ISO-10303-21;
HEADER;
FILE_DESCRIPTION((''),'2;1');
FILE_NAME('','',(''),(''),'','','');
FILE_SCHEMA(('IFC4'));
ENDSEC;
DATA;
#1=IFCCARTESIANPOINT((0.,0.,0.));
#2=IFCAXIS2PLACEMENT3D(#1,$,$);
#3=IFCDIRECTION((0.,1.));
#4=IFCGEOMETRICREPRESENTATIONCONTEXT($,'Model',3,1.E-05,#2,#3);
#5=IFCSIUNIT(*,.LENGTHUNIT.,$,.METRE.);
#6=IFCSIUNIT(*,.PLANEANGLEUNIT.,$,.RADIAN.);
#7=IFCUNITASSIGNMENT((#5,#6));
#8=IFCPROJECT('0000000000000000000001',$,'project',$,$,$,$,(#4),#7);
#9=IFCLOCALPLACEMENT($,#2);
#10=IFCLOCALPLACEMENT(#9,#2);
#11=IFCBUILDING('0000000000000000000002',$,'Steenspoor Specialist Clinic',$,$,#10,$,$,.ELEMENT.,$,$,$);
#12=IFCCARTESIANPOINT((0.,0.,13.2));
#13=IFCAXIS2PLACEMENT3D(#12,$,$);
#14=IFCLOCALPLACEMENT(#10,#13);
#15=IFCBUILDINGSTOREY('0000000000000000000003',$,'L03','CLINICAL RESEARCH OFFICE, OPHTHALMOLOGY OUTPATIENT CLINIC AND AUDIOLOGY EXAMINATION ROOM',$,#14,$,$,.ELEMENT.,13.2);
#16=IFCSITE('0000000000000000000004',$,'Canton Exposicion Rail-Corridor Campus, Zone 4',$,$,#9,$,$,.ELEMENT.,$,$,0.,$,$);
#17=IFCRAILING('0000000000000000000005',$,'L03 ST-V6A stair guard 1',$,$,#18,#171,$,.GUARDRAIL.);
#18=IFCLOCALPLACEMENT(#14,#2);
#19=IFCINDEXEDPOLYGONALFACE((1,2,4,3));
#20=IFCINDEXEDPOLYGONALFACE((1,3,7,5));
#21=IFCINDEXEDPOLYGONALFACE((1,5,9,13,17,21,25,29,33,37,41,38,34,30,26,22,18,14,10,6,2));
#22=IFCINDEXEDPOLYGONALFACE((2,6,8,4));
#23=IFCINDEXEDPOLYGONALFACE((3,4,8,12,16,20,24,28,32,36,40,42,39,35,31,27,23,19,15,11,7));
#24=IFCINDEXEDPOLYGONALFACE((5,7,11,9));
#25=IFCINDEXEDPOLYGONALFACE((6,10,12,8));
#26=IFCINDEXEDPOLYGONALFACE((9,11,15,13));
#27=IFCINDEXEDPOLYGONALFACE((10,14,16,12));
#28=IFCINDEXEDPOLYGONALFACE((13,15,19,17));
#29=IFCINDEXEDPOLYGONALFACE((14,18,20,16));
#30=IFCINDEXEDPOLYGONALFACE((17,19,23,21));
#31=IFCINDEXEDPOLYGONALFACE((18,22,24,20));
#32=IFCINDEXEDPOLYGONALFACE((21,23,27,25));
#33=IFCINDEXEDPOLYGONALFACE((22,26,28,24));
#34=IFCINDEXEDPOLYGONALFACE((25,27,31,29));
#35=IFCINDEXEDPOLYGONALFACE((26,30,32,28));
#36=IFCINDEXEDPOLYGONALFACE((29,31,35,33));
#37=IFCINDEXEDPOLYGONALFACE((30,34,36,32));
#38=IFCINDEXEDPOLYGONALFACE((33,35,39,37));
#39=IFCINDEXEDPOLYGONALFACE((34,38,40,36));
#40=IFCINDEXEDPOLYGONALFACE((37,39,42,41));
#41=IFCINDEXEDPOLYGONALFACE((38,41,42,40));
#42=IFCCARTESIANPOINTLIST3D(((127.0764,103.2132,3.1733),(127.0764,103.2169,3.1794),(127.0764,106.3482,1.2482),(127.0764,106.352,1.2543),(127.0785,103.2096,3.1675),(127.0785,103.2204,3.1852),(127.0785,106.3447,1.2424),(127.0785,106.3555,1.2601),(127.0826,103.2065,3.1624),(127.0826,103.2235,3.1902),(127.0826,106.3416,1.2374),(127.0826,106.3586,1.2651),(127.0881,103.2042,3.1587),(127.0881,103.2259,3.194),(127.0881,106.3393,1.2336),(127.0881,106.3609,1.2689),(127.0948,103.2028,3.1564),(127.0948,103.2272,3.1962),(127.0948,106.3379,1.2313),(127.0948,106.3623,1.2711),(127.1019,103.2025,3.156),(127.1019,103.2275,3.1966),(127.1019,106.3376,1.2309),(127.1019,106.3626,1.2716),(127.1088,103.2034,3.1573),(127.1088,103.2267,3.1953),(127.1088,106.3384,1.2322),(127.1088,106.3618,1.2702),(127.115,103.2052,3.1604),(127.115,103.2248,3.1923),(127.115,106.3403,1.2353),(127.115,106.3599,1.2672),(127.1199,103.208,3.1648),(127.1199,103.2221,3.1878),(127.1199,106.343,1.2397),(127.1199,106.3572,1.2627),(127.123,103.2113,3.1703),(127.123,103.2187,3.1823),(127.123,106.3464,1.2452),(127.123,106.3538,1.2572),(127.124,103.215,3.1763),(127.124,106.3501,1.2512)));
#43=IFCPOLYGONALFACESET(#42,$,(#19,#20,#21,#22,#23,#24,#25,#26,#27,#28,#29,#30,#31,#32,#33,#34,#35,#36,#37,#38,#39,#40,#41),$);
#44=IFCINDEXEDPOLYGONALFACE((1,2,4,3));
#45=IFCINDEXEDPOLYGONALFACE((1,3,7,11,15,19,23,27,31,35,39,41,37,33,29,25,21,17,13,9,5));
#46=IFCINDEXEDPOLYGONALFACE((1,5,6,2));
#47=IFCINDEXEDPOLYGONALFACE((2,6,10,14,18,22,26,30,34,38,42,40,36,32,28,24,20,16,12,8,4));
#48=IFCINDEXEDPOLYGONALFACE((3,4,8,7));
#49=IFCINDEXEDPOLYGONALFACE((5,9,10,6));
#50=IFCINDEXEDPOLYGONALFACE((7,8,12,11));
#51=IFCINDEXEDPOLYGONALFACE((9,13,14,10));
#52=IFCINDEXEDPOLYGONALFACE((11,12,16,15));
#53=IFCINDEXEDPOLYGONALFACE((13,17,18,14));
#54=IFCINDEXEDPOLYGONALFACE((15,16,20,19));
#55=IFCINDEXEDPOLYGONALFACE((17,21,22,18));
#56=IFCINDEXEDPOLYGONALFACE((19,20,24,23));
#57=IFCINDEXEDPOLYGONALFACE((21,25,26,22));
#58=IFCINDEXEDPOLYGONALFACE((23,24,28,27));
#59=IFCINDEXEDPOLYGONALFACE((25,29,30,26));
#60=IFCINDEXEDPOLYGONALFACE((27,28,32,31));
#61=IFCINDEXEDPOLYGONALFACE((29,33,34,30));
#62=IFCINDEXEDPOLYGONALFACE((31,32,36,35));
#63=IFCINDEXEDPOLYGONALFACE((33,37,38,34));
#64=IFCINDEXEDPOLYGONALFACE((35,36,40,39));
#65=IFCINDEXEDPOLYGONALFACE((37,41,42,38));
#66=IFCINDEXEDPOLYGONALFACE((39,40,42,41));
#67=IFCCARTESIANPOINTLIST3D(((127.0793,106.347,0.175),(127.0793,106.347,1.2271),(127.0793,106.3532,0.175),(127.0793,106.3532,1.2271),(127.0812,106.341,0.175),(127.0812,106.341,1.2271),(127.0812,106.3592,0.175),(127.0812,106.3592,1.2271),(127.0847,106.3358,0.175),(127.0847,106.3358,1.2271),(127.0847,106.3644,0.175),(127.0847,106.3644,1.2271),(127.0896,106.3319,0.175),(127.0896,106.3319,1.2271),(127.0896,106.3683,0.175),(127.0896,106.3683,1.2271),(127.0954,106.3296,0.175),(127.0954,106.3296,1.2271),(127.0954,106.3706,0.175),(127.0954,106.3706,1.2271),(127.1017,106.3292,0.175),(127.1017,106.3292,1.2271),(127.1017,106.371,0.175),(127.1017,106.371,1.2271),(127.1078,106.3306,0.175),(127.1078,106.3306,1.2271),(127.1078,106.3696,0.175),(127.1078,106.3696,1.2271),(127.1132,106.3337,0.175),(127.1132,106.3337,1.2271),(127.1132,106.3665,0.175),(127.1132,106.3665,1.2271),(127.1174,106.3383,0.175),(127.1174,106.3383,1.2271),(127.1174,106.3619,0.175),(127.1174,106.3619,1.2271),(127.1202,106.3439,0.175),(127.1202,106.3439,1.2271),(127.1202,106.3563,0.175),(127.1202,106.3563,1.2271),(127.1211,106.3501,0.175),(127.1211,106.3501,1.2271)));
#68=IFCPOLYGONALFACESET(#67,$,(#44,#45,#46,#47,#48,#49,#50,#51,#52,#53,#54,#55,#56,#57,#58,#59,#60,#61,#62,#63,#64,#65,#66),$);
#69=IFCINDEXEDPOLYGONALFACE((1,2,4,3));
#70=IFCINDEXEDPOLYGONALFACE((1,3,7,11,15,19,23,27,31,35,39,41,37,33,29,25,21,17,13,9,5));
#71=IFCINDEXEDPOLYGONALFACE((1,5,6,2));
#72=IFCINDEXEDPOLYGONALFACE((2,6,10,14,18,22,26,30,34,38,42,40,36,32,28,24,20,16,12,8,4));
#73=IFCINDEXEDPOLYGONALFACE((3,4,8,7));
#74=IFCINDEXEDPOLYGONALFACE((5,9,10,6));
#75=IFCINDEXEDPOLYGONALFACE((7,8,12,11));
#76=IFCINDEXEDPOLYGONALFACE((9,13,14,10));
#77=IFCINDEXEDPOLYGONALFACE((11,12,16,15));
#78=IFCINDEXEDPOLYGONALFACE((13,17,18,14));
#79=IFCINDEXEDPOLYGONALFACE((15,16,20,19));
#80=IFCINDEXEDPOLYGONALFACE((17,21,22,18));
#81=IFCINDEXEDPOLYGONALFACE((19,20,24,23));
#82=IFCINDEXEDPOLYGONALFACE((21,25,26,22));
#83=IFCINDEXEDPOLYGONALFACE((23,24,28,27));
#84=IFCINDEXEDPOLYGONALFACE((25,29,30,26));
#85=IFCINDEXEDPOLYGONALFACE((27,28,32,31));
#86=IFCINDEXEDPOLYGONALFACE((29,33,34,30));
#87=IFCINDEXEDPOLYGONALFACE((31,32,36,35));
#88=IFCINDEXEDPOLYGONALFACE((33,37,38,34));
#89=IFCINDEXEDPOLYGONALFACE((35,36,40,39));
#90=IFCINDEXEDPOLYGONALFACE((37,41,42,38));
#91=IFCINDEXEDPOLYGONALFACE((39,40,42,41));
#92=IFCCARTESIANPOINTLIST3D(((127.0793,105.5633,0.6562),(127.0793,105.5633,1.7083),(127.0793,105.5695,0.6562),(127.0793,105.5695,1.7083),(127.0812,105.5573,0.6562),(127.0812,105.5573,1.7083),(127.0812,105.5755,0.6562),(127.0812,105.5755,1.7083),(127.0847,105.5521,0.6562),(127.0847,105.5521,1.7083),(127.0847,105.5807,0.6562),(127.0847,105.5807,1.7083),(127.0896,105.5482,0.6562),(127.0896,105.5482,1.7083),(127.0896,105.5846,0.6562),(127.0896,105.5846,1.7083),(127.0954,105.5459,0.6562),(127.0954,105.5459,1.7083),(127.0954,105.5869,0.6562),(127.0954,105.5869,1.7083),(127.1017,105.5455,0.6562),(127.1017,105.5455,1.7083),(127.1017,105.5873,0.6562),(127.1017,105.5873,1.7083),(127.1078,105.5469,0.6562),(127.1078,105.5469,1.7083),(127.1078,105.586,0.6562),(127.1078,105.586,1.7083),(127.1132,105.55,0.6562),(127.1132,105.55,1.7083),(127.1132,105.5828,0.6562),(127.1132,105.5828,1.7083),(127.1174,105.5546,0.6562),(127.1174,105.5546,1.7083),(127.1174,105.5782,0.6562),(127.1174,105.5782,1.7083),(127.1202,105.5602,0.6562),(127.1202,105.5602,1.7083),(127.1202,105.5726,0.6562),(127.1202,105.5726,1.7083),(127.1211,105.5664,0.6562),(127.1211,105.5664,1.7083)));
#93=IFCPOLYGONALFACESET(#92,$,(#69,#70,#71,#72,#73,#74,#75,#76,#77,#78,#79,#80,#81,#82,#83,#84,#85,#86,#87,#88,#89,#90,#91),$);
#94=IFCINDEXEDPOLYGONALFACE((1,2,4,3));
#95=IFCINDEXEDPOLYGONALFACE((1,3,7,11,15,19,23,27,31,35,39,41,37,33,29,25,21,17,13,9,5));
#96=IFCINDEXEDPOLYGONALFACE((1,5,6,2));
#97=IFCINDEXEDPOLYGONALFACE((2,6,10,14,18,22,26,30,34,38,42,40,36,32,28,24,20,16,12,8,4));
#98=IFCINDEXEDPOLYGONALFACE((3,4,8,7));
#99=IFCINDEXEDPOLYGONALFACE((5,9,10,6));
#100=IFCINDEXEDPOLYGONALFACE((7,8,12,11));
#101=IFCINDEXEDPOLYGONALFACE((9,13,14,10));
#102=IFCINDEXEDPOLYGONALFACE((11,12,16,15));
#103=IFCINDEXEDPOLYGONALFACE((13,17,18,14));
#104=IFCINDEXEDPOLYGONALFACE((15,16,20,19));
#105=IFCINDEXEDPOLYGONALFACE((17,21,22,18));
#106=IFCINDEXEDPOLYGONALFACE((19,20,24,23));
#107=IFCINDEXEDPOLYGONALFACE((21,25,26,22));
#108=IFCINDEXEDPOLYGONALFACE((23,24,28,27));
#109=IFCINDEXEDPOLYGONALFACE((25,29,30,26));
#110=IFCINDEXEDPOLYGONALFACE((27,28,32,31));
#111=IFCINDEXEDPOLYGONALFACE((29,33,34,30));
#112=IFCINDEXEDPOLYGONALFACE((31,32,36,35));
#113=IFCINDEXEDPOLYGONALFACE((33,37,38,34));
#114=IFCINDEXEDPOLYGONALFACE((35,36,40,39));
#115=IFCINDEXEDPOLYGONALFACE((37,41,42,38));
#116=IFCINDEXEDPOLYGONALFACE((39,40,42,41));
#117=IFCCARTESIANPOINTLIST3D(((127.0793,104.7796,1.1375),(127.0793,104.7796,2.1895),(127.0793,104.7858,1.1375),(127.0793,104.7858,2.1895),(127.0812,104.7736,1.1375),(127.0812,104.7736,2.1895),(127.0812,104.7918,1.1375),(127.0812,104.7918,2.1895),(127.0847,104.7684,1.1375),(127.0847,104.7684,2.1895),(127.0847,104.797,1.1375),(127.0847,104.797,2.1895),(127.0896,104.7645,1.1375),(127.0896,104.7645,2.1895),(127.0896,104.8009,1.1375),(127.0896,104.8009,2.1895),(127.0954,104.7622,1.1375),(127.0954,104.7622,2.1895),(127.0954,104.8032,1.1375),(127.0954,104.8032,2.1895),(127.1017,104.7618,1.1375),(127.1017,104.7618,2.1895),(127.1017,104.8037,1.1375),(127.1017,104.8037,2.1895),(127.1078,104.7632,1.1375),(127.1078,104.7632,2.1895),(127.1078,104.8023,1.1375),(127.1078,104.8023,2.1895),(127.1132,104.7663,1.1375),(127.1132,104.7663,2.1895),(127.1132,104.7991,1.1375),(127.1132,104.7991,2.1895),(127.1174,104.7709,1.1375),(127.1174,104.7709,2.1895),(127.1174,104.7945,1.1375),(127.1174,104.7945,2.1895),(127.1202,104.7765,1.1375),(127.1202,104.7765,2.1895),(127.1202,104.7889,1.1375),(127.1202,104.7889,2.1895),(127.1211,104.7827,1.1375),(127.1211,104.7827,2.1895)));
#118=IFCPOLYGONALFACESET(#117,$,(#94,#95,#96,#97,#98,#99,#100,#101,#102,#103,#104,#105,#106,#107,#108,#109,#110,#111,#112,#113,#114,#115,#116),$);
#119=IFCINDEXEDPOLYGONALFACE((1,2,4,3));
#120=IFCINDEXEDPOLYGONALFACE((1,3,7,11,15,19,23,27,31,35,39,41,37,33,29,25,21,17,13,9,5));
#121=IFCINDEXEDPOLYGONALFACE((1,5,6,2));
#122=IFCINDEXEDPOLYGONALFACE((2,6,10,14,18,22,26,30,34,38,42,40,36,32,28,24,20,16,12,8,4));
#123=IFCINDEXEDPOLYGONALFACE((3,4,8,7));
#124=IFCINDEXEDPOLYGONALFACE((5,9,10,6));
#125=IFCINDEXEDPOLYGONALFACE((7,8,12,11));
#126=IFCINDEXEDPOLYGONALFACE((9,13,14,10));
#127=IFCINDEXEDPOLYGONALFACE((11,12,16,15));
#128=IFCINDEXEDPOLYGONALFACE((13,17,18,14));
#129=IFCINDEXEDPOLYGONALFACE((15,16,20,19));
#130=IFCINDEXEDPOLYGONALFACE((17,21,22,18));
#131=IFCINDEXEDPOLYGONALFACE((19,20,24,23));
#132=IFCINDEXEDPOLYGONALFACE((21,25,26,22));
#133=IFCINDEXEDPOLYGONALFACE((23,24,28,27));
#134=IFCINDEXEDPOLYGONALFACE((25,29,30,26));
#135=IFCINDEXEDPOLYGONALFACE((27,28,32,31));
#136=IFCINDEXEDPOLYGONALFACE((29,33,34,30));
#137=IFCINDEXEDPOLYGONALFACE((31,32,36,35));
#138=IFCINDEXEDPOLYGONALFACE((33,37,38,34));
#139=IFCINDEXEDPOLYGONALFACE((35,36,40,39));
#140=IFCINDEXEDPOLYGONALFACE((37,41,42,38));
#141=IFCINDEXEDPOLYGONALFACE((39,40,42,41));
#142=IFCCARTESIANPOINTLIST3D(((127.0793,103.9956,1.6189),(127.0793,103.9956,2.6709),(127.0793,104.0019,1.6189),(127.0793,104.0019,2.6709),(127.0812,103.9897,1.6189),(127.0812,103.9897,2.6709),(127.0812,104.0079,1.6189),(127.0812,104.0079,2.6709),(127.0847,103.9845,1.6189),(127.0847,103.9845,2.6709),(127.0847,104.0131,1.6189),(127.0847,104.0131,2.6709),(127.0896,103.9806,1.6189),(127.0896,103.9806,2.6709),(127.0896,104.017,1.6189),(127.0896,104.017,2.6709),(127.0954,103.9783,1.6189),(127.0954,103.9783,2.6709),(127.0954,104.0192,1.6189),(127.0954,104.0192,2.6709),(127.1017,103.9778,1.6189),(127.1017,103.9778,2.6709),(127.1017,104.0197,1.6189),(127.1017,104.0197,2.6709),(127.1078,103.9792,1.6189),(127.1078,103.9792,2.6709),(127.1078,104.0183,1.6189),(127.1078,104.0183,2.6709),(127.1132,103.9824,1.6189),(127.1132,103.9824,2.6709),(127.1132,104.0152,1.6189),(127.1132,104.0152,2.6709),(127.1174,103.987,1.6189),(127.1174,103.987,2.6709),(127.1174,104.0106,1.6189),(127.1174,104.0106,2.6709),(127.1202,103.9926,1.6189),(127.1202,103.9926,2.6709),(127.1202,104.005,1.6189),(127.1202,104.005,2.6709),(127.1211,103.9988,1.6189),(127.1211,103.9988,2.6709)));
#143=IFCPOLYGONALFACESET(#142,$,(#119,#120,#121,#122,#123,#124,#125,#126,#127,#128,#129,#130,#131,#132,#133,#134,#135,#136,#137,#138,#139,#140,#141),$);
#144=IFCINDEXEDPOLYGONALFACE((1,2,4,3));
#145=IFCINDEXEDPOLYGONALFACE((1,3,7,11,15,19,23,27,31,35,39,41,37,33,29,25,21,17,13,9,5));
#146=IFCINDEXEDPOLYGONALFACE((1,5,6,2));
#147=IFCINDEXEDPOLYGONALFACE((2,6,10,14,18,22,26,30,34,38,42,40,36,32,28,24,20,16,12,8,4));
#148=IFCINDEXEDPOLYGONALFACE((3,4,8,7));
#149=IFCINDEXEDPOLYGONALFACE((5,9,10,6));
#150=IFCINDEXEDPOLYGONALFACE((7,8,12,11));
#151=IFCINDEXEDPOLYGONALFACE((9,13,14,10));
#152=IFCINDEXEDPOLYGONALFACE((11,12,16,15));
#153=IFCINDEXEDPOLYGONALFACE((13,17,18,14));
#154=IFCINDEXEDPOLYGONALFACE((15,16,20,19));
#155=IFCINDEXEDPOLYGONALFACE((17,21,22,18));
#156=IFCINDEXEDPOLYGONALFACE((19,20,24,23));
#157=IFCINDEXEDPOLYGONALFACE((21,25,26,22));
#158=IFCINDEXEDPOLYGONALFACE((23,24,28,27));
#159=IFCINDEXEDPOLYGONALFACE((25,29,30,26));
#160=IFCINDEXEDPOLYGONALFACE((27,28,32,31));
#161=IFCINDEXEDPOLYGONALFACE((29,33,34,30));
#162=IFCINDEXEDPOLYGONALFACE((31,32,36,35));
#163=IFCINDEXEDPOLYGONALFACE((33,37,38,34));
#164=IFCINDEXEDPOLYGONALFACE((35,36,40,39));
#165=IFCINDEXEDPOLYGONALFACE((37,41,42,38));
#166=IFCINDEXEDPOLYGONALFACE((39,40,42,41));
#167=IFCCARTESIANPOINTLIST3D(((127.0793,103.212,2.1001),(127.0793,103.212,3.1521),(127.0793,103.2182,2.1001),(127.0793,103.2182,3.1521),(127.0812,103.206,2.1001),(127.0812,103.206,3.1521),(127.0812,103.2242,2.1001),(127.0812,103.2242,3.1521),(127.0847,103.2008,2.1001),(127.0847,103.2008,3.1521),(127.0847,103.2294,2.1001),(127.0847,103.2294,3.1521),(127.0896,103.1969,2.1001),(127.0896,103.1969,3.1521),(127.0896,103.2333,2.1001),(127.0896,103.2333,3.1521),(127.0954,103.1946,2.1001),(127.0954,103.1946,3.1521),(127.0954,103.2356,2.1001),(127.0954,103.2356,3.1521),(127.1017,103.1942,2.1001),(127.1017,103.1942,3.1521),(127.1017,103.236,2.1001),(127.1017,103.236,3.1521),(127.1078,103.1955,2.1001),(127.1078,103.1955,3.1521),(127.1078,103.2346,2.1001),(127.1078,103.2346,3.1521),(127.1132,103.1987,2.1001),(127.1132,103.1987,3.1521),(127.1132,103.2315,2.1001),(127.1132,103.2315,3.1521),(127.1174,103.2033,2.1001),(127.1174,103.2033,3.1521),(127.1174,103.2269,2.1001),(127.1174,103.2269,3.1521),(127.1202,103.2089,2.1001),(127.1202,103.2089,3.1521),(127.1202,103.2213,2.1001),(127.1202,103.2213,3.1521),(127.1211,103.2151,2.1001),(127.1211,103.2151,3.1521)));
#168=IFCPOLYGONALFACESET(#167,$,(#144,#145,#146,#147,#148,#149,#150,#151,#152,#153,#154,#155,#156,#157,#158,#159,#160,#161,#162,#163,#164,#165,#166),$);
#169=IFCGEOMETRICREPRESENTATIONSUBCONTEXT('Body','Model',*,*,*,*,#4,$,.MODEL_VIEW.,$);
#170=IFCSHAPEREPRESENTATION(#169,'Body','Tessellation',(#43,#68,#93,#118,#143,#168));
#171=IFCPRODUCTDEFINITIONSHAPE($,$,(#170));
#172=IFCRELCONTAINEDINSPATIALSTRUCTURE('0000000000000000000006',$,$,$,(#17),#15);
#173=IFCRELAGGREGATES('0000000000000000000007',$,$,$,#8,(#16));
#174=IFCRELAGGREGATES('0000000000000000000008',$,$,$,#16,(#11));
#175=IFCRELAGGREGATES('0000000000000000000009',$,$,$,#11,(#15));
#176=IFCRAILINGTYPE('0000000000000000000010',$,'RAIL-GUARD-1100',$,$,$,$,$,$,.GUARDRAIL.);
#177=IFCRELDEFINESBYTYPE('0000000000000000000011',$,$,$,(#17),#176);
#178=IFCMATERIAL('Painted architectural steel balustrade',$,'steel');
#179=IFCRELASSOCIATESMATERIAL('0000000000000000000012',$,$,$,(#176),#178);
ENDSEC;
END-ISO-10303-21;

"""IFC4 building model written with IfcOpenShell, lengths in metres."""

from ifc_helpers import new_model, si_unit, direction, frame, origin, origin_2d, place, context, subcontext, project, spatial, circle, extrude, material, type_object, element, save


model = new_model("IFC4")

# Units and contexts
model_context = context("Model", 3, precision=1e-05, world=origin(), true_north=direction((0.0, 1.0)))
body_context = subcontext(model_context, "Body", "Model", "MODEL_VIEW")
ifc_project = project(units=[si_unit("LENGTHUNIT", "METRE"), si_unit("PLANEANGLEUNIT", "RADIAN")], contexts=[model_context])

# Site, building, storey
site_placement = place(None, origin())
site = spatial("IfcSite", under=ifc_project, at=site_placement, Name="Canton Exposicion Rail-Corridor Campus, Zone 4", CompositionType="ELEMENT", RefElevation=0.0)
building_placement = place(site_placement, origin())
building = spatial("IfcBuilding", under=site, at=building_placement, Name="Steenspoor Specialist Clinic", CompositionType="ELEMENT")
storey_placement = place(building_placement, frame((0.0, 0.0, 13.2)))
storey = spatial("IfcBuildingStorey", under=building, at=storey_placement, Name="L03", Description="CLINICAL RESEARCH OFFICE, OPHTHALMOLOGY OUTPATIENT CLINIC AND AUDIOLOGY EXAMINATION ROOM", CompositionType="ELEMENT", Elevation=13.2)

# Railing
ifc_material_1 = material(Name="Painted architectural steel balustrade", Category="steel")
railing_type_1 = type_object("IfcRailingType", Name="RAIL-GUARD-1100", PredefinedType="GUARDRAIL", material=ifc_material_1)
railing_1_placement = place(storey_placement, frame((127.1001, 106.3501, 0.175)))
element("IfcRailing", 1, at=railing_1_placement, inside=storey, type_object=railing_type_1, Name="L03 ST-V6A stair guard 1", PredefinedType="GUARDRAIL", context=body_context, shape_type="SweptSolid", body=[
    extrude(circle(Radius=0.0239, at=origin_2d()), frame((0.0, 0.0, 1.0762), z_axis=(0.0, -0.852166, 0.523271), x_axis=(1.0, 0.0, 0.0)), (0.0, 0.0, 1.0), 3.679),
    extrude(circle(Radius=0.021, at=origin_2d()), origin(), (0.0, 0.0, 1.0), 1.052),
    extrude(circle(Radius=0.021, at=origin_2d()), frame((0.0, -0.7837, 0.4812)), (0.0, 0.0, 1.0), 1.052),
    extrude(circle(Radius=0.021, at=origin_2d()), frame((0.0, -1.5674, 0.9624)), (0.0, 0.0, 1.0), 1.052),
    extrude(circle(Radius=0.021, at=origin_2d()), frame((0.0, -2.3513, 1.4438)), (0.0, 0.0, 1.0), 1.052),
    extrude(circle(Radius=0.021, at=origin_2d()), frame((0.0, -3.135, 1.925)), (0.0, 0.0, 1.0), 1.052),
])

save(model, "model.ifc")
